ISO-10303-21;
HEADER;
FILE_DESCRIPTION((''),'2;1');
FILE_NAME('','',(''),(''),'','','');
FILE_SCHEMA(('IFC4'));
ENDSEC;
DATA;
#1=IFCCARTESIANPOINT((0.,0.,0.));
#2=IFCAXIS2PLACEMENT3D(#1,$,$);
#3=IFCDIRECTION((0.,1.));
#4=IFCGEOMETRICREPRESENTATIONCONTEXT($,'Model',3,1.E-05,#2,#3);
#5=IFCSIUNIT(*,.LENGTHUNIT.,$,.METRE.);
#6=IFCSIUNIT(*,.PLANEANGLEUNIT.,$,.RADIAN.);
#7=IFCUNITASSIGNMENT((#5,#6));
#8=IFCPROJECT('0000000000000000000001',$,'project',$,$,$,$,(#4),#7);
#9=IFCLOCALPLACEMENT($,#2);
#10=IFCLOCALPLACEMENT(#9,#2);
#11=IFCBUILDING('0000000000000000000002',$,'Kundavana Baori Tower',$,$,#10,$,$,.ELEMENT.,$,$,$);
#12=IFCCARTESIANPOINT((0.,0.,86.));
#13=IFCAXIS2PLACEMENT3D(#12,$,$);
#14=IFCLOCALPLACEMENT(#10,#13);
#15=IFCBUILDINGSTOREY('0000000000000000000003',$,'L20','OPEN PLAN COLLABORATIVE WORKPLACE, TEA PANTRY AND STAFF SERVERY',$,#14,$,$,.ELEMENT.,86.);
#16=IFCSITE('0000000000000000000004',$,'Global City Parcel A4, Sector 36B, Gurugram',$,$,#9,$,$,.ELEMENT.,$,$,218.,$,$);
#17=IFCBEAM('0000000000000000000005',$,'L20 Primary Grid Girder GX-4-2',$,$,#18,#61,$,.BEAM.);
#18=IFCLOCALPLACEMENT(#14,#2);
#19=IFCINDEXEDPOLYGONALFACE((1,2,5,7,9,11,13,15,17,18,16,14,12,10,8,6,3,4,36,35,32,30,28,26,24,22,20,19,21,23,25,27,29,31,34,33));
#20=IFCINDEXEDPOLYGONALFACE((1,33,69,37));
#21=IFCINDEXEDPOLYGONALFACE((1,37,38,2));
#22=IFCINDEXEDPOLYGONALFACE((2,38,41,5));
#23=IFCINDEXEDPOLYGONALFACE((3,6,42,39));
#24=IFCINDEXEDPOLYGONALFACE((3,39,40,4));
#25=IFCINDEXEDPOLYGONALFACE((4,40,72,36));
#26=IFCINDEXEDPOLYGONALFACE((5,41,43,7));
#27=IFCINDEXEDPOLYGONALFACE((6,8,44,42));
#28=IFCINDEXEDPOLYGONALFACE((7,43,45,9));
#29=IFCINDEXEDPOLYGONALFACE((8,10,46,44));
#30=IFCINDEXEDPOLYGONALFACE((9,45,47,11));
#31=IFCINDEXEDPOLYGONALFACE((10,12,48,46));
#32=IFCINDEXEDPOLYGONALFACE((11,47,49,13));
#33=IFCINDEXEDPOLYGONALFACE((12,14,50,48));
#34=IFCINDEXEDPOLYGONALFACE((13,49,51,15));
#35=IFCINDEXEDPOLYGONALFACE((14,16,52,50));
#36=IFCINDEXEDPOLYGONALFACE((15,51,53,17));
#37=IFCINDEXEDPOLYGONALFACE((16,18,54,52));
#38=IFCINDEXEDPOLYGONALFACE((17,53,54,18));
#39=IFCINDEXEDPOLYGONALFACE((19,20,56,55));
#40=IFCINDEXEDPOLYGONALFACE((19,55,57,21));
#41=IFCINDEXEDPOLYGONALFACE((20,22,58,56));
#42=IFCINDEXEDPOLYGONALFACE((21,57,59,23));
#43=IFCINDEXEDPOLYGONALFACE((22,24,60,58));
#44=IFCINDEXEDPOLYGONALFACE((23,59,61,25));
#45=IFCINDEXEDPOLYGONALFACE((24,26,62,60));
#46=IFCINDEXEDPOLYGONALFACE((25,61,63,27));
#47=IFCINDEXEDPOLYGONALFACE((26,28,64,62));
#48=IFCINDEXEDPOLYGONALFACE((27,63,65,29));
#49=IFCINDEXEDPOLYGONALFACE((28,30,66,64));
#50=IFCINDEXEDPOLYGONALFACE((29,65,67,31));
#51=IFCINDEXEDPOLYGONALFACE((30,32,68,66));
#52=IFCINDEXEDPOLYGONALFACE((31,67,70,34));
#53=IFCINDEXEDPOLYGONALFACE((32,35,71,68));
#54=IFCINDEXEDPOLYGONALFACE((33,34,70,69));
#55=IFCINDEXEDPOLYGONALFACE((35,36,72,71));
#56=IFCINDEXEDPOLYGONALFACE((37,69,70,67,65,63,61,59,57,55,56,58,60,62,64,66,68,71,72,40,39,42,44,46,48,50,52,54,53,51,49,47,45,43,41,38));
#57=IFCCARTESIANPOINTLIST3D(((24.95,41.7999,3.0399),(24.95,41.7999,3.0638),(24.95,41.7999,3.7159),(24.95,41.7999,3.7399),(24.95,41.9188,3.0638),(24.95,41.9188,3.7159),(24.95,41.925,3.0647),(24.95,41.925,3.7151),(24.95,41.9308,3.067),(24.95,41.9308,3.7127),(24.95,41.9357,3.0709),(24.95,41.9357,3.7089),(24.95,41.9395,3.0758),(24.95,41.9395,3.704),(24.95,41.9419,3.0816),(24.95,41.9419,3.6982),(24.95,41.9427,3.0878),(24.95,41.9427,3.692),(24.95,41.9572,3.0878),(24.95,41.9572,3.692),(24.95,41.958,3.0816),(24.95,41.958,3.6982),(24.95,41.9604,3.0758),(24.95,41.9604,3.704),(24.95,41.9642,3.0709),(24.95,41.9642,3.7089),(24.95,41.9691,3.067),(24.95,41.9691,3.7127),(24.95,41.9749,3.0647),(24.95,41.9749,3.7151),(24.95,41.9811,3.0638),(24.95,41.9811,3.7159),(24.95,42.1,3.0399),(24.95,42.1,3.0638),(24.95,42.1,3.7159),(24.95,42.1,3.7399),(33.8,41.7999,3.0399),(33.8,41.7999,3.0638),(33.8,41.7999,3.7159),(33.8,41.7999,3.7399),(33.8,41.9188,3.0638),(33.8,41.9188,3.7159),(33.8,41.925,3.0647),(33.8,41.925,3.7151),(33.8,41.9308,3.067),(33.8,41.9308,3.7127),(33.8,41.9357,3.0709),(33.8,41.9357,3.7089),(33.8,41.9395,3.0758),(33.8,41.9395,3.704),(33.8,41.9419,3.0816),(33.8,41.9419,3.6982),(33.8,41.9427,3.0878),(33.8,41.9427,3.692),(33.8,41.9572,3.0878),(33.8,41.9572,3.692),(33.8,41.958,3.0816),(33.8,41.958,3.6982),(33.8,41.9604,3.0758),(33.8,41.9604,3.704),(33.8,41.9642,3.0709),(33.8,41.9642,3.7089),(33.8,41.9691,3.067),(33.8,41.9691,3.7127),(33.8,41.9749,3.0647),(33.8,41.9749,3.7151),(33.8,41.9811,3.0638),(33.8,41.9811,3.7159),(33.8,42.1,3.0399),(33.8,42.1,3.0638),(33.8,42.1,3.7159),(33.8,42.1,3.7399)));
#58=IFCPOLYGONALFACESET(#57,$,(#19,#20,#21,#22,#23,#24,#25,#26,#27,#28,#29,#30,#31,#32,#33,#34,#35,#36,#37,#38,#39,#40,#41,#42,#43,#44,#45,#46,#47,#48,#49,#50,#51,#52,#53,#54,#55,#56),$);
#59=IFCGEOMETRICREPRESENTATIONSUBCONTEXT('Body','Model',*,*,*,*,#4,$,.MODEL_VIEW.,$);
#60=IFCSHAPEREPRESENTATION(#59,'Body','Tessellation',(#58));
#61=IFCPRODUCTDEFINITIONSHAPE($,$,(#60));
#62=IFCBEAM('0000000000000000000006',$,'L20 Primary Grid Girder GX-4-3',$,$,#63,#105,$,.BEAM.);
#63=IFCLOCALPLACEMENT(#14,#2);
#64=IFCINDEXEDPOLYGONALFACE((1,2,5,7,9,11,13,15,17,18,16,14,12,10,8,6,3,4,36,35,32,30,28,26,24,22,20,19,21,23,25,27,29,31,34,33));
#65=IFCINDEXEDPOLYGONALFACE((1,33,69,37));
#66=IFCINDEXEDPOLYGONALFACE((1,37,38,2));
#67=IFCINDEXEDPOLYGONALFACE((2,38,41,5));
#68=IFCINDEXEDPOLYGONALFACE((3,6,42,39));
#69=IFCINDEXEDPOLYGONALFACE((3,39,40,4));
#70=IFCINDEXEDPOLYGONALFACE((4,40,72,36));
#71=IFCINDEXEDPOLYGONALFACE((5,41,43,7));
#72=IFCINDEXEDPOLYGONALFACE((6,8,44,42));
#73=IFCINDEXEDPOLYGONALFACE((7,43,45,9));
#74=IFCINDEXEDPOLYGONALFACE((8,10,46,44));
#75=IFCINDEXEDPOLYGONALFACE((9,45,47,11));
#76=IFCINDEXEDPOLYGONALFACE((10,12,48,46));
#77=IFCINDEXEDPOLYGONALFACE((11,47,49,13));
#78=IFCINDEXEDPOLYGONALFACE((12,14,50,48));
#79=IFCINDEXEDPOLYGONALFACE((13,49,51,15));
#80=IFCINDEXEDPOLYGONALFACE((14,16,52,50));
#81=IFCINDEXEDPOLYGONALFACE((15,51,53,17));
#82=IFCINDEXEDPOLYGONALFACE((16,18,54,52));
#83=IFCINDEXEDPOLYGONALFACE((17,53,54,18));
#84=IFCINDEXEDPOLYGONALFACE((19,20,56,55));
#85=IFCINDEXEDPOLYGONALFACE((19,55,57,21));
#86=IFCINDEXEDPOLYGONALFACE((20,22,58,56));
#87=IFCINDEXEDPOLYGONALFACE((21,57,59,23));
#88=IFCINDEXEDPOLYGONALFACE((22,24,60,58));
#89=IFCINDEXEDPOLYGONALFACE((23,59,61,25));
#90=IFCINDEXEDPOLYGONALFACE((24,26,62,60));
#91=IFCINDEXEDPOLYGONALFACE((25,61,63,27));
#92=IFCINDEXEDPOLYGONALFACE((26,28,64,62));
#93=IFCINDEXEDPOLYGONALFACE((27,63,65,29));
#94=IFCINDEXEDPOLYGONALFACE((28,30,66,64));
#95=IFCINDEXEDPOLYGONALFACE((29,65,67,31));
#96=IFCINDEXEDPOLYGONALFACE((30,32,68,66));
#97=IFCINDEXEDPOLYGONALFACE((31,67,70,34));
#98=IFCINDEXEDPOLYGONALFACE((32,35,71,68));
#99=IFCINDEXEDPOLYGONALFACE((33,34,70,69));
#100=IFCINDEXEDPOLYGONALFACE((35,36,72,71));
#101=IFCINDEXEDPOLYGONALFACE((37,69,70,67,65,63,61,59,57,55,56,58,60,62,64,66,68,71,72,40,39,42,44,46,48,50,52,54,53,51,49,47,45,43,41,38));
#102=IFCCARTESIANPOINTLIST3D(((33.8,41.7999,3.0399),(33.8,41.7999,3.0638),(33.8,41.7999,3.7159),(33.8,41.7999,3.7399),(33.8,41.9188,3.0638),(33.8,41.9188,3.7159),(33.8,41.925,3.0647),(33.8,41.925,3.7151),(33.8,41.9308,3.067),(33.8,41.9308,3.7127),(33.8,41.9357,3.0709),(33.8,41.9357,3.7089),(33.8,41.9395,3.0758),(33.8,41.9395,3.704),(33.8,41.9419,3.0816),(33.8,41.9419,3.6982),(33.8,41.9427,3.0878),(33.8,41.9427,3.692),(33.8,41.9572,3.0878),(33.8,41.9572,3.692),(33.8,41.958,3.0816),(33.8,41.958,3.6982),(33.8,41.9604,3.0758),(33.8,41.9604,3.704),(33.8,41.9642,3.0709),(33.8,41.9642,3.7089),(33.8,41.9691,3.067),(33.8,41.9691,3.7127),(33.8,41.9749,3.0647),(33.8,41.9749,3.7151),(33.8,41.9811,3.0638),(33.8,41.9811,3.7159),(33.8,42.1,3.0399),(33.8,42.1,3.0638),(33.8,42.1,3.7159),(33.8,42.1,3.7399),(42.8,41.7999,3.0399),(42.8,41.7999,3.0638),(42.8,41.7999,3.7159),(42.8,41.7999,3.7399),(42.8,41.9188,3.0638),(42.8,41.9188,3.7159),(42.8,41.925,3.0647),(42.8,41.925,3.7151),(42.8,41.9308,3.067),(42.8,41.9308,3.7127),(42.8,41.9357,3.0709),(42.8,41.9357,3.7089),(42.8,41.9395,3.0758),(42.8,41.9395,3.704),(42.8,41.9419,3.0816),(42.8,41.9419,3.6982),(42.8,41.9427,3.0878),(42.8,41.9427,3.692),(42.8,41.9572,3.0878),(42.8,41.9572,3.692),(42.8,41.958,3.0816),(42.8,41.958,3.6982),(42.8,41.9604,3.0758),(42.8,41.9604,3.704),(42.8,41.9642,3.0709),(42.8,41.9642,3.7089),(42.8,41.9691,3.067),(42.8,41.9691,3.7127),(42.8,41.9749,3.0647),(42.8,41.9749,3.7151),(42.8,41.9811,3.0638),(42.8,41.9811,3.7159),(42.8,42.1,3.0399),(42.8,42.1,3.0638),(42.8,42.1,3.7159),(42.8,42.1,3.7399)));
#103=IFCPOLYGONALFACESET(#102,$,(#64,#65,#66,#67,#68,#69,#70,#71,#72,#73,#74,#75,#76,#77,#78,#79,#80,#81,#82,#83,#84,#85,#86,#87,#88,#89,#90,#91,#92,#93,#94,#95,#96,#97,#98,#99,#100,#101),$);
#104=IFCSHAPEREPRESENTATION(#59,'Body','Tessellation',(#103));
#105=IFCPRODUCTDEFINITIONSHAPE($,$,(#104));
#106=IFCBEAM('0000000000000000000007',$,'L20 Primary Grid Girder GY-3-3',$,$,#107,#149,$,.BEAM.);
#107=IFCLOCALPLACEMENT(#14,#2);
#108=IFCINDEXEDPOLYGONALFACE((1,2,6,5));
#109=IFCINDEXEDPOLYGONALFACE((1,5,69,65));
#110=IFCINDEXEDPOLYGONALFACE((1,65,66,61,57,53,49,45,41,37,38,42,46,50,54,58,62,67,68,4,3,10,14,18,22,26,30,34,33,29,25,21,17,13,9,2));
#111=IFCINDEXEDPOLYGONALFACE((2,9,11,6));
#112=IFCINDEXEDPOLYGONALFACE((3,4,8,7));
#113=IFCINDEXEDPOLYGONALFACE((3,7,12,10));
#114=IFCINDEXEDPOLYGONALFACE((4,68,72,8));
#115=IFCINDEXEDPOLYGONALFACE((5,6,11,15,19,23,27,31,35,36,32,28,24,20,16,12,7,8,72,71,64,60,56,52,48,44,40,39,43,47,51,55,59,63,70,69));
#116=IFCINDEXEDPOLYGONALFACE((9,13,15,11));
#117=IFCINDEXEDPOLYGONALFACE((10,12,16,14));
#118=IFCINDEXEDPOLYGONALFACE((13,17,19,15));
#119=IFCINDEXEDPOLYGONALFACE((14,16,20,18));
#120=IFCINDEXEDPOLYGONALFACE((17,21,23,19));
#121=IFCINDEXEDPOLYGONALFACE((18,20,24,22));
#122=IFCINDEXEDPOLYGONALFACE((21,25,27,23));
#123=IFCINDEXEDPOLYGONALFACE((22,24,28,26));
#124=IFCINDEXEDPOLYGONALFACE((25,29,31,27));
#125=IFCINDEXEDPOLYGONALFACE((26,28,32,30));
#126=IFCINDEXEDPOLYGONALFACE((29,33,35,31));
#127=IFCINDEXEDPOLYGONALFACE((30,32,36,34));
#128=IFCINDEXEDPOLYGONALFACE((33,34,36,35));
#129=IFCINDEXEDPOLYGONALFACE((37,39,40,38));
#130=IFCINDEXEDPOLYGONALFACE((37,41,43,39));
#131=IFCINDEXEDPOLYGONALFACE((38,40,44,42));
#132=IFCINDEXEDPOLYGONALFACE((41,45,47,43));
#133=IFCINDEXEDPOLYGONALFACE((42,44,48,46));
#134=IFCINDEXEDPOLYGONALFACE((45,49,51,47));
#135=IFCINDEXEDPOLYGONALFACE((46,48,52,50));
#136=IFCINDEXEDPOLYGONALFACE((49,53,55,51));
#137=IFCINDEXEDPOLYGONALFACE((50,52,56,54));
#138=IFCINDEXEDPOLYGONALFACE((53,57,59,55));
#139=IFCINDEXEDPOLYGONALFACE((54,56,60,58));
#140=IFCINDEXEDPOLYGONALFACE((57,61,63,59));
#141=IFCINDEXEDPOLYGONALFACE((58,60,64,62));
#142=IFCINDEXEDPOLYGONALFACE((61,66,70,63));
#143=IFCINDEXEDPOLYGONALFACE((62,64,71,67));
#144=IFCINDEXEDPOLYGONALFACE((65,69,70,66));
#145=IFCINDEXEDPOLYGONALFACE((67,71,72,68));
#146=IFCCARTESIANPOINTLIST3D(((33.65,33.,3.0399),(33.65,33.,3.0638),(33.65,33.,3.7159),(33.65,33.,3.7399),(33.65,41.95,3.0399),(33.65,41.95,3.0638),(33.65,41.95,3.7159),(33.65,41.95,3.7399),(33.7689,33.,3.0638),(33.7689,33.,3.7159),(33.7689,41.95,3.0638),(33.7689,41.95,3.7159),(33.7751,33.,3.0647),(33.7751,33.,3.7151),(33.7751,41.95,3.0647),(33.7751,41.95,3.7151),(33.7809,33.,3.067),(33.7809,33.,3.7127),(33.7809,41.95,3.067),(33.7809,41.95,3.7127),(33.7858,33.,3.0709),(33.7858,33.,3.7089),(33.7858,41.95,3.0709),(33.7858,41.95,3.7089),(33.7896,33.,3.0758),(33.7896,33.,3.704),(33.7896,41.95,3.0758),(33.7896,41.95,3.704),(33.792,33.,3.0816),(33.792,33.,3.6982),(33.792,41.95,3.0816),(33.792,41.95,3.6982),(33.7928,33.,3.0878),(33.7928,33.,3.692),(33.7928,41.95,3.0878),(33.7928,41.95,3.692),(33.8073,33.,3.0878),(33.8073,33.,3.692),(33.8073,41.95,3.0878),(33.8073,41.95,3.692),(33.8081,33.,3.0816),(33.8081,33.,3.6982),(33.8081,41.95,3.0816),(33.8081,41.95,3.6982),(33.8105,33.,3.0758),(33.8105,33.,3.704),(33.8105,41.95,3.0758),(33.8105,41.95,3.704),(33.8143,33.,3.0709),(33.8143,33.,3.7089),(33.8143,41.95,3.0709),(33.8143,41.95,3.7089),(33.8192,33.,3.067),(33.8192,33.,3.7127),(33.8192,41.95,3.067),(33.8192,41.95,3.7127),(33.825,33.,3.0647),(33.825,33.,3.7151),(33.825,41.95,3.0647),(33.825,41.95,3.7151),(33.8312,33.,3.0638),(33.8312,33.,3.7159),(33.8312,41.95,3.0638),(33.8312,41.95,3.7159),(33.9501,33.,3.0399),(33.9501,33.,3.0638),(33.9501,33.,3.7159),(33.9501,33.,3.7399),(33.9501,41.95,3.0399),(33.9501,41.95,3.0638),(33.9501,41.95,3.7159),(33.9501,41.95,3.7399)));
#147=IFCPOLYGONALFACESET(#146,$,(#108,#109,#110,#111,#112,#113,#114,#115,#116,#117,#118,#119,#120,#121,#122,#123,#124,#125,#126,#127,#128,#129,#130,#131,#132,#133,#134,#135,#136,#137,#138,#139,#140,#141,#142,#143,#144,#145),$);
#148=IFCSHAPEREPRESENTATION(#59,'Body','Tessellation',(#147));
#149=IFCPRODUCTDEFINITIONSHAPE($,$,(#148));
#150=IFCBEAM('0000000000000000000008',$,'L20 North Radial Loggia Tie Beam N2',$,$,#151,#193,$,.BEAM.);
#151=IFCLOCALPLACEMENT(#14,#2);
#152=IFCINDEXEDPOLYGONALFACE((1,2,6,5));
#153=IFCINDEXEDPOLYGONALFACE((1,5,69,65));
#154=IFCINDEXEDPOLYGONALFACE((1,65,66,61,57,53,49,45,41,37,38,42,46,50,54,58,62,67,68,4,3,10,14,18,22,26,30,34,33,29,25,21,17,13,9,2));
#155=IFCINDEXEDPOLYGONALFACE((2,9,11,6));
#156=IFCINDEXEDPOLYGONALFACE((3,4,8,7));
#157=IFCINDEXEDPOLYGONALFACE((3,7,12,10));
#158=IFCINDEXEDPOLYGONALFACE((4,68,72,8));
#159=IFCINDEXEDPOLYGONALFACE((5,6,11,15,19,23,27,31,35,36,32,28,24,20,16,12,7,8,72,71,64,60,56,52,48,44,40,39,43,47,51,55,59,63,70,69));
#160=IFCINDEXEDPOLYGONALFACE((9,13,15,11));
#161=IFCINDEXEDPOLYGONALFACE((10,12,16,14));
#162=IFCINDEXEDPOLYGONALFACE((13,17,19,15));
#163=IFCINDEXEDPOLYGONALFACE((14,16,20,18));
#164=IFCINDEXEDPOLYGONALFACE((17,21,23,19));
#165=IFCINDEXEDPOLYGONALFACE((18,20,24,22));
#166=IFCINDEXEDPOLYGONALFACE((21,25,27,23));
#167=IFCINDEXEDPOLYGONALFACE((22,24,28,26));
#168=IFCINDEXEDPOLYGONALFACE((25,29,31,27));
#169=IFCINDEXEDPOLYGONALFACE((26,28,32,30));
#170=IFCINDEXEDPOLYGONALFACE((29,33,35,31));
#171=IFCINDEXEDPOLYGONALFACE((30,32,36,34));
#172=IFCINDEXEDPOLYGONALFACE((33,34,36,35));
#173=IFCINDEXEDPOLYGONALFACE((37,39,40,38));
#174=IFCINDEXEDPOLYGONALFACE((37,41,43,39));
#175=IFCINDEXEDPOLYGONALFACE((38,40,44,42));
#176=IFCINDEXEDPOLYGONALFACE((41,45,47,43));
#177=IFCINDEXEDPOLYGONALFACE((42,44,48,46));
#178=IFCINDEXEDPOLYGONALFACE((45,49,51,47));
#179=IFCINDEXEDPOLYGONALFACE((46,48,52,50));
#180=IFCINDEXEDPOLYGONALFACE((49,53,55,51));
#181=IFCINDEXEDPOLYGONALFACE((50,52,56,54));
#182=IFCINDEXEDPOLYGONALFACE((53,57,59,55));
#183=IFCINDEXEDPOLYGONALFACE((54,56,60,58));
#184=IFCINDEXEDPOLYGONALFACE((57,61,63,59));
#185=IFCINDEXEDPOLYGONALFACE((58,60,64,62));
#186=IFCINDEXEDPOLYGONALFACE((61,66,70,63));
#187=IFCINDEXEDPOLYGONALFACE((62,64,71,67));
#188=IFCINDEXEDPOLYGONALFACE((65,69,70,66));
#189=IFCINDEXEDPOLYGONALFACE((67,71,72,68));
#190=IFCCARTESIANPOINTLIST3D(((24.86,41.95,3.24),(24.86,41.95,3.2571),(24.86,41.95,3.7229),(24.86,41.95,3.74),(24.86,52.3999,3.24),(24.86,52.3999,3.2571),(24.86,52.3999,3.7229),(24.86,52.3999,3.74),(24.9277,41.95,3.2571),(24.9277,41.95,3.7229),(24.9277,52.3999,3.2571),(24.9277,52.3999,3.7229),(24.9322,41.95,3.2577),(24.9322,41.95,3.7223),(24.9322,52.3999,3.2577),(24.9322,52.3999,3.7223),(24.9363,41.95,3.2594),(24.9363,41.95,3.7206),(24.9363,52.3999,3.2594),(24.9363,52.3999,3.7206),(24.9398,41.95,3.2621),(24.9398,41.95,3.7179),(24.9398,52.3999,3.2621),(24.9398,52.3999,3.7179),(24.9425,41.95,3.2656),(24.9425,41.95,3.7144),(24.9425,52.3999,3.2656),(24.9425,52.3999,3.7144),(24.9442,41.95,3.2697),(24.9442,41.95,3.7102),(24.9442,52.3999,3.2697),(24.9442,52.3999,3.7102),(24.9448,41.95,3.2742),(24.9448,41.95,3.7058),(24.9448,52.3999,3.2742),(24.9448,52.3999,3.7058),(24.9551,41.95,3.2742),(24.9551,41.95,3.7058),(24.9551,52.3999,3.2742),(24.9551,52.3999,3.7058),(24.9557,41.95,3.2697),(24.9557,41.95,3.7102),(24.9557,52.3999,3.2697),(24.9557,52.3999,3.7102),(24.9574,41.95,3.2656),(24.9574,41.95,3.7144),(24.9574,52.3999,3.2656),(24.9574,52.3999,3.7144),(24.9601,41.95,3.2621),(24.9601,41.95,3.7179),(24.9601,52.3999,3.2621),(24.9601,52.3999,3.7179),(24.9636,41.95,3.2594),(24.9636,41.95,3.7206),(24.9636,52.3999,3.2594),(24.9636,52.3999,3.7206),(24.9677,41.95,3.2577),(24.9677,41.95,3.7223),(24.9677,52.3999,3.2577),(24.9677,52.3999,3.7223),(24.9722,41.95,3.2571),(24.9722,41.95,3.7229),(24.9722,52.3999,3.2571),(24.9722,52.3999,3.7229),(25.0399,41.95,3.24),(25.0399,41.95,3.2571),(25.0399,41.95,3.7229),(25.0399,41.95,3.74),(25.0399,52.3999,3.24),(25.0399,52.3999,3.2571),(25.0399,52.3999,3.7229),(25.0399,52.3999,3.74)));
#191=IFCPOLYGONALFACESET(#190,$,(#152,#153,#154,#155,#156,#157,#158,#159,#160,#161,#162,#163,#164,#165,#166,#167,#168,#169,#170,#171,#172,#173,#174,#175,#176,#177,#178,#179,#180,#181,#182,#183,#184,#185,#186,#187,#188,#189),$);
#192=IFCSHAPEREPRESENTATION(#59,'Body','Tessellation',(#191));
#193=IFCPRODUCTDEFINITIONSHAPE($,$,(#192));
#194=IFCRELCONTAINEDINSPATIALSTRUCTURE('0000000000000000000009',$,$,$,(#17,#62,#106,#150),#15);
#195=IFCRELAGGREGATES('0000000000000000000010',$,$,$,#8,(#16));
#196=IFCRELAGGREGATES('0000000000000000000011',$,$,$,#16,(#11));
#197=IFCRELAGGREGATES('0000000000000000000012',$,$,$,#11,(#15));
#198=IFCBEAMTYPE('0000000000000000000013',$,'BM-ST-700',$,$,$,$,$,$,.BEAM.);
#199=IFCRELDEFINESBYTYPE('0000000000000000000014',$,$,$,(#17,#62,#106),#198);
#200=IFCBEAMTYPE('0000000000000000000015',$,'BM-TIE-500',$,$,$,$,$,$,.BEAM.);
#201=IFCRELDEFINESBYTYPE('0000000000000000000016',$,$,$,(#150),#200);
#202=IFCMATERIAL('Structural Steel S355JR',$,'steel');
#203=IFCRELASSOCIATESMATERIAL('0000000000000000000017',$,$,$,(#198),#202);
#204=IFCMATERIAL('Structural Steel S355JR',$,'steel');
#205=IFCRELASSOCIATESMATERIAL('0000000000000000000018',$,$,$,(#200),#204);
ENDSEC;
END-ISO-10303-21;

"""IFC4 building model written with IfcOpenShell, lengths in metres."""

from ifc_helpers import new_model, si_unit, direction, frame, origin, origin_2d, place, context, subcontext, project, spatial, i_section, extrude, material, material_profile, profile_set, type_object, element, save


model = new_model("IFC4")

# Units and contexts
model_context = context("Model", 3, precision=1e-05, world=origin(), true_north=direction((0.0, 1.0)))
body_context = subcontext(model_context, "Body", "Model", "MODEL_VIEW")
ifc_project = project(units=[si_unit("LENGTHUNIT", "METRE"), si_unit("PLANEANGLEUNIT", "RADIAN")], contexts=[model_context])

# Site, building, storey
site_placement = place(None, origin())
site = spatial("IfcSite", under=ifc_project, at=site_placement, Name="Global City Parcel A4, Sector 36B, Gurugram", CompositionType="ELEMENT", RefElevation=218.0)
building_placement = place(site_placement, origin())
building = spatial("IfcBuilding", under=site, at=building_placement, Name="Kundavana Baori Tower", CompositionType="ELEMENT")
storey_placement = place(building_placement, frame((0.0, 0.0, 86.0)))
storey = spatial("IfcBuildingStorey", under=building, at=storey_placement, Name="L20", Description="OPEN PLAN COLLABORATIVE WORKPLACE, TEA PANTRY AND STAFF SERVERY", CompositionType="ELEMENT", Elevation=86.0)

# Beams
ifc_material_1 = material(Name="Structural Steel S355JR", Category="steel")
ifc_material_profile_1 = material_profile(ifc_material_1, i_section(OverallWidth=0.3, OverallDepth=0.7, WebThickness=0.0144, FlangeThickness=0.0239, FilletRadius=0.0239, at=origin_2d()), Name="NPB 700x300x170")
ifc_profile_set_1 = profile_set([ifc_material_profile_1], Name="Structural Steel S355JR")
beam_type_1 = type_object("IfcBeamType", Name="BM-ST-700", PredefinedType="BEAM", material=ifc_profile_set_1)
for number, where, z_axis, x_axis, name in (
    (1, (24.95, 41.95, 3.3899), (1.0, 0.0, 0.0), (0.0, 1.0, 0.0), "L20 Primary Grid Girder GX-4-2"),
):
    element("IfcBeam", number, at=place(storey_placement, frame(where, z_axis=z_axis, x_axis=x_axis)), inside=storey, type_object=beam_type_1, Name=name, PredefinedType="BEAM", context=body_context, shape_type="SweptSolid", body=[
        extrude(i_section(OverallWidth=0.3, OverallDepth=0.7, WebThickness=0.0144, FlangeThickness=0.0239, FilletRadius=0.0239, at=origin_2d()), origin(), (0.0, 0.0, 1.0), 8.8501),
    ])
beam_1_placement = place(storey_placement, frame((33.8, 41.95, 3.3899), z_axis=(1.0, 0.0, 0.0), x_axis=(0.0, 1.0, 0.0)))
element("IfcBeam", 2, at=beam_1_placement, inside=storey, type_object=beam_type_1, Name="L20 Primary Grid Girder GX-4-3", PredefinedType="BEAM", context=body_context, shape_type="SweptSolid", body=[
    extrude(i_section(OverallWidth=0.3, OverallDepth=0.7, WebThickness=0.0144, FlangeThickness=0.0239, FilletRadius=0.0239, at=origin_2d()), origin(), (0.0, 0.0, 1.0), 9.0),
])
beam_2_placement = place(storey_placement, frame((33.8, 33.0, 3.3899), z_axis=(0.0, 1.0, 0.0), x_axis=(-1.0, 0.0, 0.0)))
element("IfcBeam", 3, at=beam_2_placement, inside=storey, type_object=beam_type_1, Name="L20 Primary Grid Girder GY-3-3", PredefinedType="BEAM", context=body_context, shape_type="SweptSolid", body=[
    extrude(i_section(OverallWidth=0.3, OverallDepth=0.7, WebThickness=0.0144, FlangeThickness=0.0239, FilletRadius=0.0239, at=origin_2d()), origin(), (0.0, 0.0, 1.0), 8.95),
])
ifc_material_2 = material(Name="Structural Steel S355JR", Category="steel")
ifc_material_profile_2 = material_profile(ifc_material_2, i_section(OverallWidth=0.1799, OverallDepth=0.5, WebThickness=0.0103, FlangeThickness=0.0171, FilletRadius=0.0171, at=origin_2d()), Name="ISMB 500")
ifc_profile_set_2 = profile_set([ifc_material_profile_2], Name="Structural Steel S355JR")
beam_type_2 = type_object("IfcBeamType", Name="BM-TIE-500", PredefinedType="BEAM", material=ifc_profile_set_2)
for number, where, z_axis, x_axis, name in (
    (4, (24.95, 41.95, 3.49), (0.0, 1.0, 0.0), (-1.0, 0.0, 0.0), "L20 North Radial Loggia Tie Beam N2"),
):
    element("IfcBeam", number, at=place(storey_placement, frame(where, z_axis=z_axis, x_axis=x_axis)), inside=storey, type_object=beam_type_2, Name=name, PredefinedType="BEAM", context=body_context, shape_type="SweptSolid", body=[
        extrude(i_section(OverallWidth=0.1799, OverallDepth=0.5, WebThickness=0.0103, FlangeThickness=0.0171, FilletRadius=0.0171, at=origin_2d()), origin(), (0.0, 0.0, 1.0), 10.45),
    ])

save(model, "model.ifc")
